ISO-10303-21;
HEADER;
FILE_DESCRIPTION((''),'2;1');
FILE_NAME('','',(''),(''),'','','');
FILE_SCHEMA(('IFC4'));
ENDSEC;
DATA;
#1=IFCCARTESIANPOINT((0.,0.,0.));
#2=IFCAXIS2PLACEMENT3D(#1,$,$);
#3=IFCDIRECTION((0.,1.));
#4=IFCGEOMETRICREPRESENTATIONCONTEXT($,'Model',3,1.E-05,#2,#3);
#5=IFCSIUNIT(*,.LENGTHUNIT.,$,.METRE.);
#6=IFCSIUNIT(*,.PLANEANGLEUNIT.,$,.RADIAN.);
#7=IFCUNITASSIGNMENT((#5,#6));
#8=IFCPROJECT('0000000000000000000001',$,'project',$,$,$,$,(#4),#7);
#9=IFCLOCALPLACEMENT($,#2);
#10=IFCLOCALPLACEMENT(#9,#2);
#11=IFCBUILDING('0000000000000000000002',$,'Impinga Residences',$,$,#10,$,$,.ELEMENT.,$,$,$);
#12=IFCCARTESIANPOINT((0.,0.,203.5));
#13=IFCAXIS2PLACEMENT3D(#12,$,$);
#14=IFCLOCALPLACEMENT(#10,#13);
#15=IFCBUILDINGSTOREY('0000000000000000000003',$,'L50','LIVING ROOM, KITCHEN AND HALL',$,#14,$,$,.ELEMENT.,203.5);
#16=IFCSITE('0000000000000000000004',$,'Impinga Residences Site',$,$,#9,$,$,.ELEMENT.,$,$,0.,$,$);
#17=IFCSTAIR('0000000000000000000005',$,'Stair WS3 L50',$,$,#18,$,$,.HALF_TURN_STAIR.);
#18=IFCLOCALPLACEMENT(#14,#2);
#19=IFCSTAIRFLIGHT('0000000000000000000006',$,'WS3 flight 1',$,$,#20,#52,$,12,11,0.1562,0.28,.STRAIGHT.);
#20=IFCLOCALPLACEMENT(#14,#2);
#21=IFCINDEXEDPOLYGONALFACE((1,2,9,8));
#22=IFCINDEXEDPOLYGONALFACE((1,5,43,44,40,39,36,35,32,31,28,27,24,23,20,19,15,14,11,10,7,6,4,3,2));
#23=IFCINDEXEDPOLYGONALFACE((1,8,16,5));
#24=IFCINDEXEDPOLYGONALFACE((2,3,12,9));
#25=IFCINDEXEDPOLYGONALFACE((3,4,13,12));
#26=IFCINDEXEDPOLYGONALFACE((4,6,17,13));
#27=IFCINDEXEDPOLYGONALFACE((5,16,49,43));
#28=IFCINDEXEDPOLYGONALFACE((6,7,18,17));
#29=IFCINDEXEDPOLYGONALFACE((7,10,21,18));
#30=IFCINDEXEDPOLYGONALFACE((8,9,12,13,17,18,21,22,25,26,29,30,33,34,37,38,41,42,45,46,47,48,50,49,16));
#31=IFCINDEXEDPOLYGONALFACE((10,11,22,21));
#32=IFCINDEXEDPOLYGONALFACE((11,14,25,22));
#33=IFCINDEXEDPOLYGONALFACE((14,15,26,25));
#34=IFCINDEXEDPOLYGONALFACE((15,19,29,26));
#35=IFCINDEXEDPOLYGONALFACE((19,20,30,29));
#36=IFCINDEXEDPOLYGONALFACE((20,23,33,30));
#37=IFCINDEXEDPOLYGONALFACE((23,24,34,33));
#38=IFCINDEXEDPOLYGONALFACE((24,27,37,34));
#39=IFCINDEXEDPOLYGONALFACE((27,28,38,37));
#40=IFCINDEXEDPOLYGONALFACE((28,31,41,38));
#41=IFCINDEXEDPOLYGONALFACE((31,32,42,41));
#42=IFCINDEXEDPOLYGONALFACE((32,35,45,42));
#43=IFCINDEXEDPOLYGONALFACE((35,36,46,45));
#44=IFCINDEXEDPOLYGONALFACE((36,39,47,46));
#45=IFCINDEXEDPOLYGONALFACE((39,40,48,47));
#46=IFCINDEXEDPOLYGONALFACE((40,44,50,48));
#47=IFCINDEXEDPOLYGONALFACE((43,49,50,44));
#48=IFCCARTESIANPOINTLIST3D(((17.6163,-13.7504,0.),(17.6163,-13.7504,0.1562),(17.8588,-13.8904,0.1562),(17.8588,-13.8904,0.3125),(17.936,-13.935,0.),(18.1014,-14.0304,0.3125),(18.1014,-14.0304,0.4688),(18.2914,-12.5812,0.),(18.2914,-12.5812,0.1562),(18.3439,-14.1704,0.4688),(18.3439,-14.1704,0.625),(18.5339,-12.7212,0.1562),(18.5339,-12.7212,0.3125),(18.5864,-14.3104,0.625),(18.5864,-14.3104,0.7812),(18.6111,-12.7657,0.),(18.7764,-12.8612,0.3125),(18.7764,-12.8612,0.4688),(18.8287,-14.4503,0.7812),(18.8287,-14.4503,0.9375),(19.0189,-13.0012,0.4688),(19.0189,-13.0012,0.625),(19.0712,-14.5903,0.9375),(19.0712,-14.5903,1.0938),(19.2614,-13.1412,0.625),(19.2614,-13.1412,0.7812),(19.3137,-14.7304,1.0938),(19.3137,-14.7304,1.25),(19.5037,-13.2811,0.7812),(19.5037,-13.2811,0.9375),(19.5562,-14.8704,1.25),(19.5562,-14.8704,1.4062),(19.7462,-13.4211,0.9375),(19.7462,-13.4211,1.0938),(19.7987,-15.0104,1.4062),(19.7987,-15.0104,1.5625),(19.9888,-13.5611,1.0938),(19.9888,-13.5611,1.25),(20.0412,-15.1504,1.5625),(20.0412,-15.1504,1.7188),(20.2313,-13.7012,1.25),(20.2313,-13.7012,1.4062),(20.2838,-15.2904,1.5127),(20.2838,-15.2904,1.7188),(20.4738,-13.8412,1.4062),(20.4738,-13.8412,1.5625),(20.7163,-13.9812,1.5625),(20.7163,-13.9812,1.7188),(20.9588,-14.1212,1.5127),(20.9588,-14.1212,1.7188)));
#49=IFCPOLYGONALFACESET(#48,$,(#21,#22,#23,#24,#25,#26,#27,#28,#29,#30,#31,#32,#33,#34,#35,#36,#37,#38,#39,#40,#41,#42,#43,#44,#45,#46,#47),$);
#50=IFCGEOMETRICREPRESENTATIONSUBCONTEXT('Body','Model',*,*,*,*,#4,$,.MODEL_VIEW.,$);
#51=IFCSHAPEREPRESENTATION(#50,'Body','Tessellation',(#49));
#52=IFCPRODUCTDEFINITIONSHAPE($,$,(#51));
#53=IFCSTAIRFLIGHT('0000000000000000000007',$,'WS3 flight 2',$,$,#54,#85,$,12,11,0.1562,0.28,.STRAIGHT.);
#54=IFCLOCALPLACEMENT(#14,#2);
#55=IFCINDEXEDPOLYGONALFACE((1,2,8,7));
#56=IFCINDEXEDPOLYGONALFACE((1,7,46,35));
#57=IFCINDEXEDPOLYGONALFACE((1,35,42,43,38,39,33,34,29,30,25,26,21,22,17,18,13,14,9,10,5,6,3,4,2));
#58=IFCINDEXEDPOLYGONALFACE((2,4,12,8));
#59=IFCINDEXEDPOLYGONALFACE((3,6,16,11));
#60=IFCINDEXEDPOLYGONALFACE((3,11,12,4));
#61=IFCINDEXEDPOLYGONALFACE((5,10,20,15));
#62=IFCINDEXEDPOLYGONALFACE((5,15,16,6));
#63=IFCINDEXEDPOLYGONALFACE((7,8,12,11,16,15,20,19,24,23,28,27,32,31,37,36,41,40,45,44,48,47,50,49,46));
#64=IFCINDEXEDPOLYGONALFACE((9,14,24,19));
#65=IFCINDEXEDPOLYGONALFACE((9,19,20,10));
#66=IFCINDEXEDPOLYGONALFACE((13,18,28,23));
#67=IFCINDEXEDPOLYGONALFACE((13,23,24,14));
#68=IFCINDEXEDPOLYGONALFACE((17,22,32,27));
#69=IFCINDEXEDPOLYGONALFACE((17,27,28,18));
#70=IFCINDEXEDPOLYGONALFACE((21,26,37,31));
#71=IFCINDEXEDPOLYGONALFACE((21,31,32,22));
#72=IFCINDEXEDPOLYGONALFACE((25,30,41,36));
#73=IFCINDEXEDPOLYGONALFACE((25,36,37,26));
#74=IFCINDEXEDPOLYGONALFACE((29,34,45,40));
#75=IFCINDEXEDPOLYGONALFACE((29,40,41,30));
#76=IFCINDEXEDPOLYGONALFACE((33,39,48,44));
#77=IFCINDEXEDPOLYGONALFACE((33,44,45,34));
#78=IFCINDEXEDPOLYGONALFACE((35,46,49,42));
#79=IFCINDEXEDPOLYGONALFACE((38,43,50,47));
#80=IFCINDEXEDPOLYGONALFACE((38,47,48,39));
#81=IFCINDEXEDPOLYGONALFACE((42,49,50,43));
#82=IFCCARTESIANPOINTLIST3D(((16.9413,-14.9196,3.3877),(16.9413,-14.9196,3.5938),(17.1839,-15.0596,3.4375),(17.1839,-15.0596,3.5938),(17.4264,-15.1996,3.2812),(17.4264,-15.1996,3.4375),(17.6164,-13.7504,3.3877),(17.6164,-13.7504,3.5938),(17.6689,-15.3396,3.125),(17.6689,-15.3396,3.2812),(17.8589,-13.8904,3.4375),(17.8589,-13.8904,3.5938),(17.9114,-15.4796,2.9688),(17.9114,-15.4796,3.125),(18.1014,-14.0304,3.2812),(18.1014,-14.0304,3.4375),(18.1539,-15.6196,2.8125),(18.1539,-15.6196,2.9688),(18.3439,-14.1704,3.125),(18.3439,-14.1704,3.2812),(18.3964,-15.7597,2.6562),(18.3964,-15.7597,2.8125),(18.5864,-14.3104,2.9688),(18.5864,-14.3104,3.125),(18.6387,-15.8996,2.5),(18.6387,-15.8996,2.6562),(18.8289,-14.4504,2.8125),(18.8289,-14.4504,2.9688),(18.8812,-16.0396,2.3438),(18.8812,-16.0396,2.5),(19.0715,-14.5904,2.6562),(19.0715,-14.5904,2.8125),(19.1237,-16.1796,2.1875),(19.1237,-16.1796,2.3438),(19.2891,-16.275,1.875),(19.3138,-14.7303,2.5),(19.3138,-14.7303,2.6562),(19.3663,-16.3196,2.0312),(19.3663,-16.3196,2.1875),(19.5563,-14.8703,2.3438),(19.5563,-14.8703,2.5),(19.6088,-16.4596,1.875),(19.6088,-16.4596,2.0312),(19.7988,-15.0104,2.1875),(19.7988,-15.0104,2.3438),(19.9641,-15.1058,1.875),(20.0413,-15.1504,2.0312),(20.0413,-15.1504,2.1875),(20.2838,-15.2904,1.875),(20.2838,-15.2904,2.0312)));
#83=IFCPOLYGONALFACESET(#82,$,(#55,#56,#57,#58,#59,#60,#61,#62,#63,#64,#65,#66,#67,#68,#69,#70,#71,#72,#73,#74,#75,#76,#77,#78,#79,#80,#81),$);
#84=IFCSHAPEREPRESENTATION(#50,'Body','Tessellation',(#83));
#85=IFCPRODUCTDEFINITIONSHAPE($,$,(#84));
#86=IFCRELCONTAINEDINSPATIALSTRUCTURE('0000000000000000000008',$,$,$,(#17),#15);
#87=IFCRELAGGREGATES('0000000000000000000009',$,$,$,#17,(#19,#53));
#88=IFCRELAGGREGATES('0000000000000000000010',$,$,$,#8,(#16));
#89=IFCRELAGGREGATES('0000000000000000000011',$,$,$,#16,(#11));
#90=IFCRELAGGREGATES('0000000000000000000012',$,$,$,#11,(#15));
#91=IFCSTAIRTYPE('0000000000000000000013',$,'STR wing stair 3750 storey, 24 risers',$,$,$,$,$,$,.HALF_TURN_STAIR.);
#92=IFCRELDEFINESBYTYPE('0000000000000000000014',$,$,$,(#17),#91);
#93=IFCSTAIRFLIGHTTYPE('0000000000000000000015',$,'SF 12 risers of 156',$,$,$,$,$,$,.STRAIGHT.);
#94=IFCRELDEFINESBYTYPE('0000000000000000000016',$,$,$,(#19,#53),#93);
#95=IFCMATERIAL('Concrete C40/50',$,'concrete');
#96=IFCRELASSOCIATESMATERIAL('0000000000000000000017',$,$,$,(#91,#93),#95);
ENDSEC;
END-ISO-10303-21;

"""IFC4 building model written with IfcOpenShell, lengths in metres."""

from ifc_helpers import new_model, si_unit, direction, frame, origin, place, context, subcontext, project, spatial, polyline, outline, extrude, material, type_object, element, aggregate, save


model = new_model("IFC4")

# Units and contexts
model_context = context("Model", 3, precision=1e-05, world=origin(), true_north=direction((0.0, 1.0)))
body_context = subcontext(model_context, "Body", "Model", "MODEL_VIEW")
ifc_project = project(units=[si_unit("LENGTHUNIT", "METRE"), si_unit("PLANEANGLEUNIT", "RADIAN")], contexts=[model_context])

# Site, building, storey
site_placement = place(None, origin())
site = spatial("IfcSite", under=ifc_project, at=site_placement, Name="Impinga Residences Site", CompositionType="ELEMENT", RefElevation=0.0)
building_placement = place(site_placement, origin())
building = spatial("IfcBuilding", under=site, at=building_placement, Name="Impinga Residences", CompositionType="ELEMENT")
storey_placement = place(building_placement, frame((0.0, 0.0, 203.5)))
storey = spatial("IfcBuildingStorey", under=building, at=storey_placement, Name="L50", Description="LIVING ROOM, KITCHEN AND HALL", CompositionType="ELEMENT", Elevation=203.5)

# Stair, stair flights
ifc_material_1 = material(Name="Concrete C40/50", Category="concrete")
stair_type = type_object("IfcStairType", Name="STR wing stair 3750 storey, 24 risers", PredefinedType="HALF_TURN_STAIR", material=ifc_material_1)
stair_placement = place(storey_placement, origin())
stair = element("IfcStair", 1, at=stair_placement, inside=storey, type_object=stair_type, Name="Stair WS3 L50", PredefinedType="HALF_TURN_STAIR")
stair_flight_type = type_object("IfcStairFlightType", Name="SF 12 risers of 156", PredefinedType="STRAIGHT", material=ifc_material_1)
stair_flight_1_placement = place(storey_placement, frame((17.9539, -13.1658, 0.0), z_axis=(0.0, 0.0, 1.0), x_axis=(0.866025, -0.5, 0.0)))
stair_flight_1 = element("IfcStairFlight", 2, at=stair_flight_1_placement, type_object=stair_flight_type, Name="WS3 flight 1", NumberOfRisers=12, NumberOfTreads=11, PredefinedType="STRAIGHT", RiserHeight=0.1562, TreadLength=0.28, context=body_context, shape_type="SweptSolid", body=[
    extrude(outline(polyline([(0.0, 0.0), (0.0, 0.1562), (0.28, 0.1562), (0.28, 0.3125), (0.5601, 0.3125), (0.5601, 0.4688), (0.8401, 0.4688), (0.8401, 0.625), (1.1201, 0.625), (1.1201, 0.7812), (1.3999, 0.7812), (1.3999, 0.9375), (1.6799, 0.9375), (1.6799, 1.0938), (1.96, 1.0938), (1.96, 1.25), (2.24, 1.25), (2.24, 1.4062), (2.52, 1.4062), (2.52, 1.5625), (2.8, 1.5625), (2.8, 1.7188), (3.0801, 1.7188), (3.0801, 1.875), (3.0801, 1.5127), (0.3691, 0.0), (0.0, 0.0)])), frame((0.0, 0.675, 0.0), z_axis=(0.0, -1.0, 0.0), x_axis=(1.0, 0.0, 0.0)), (0.0, 0.0, 1.0), 1.3501),
])
stair_flight_2_placement = place(storey_placement, frame((19.9463, -15.875, 1.875), z_axis=(0.0, 0.0, 1.0), x_axis=(-0.866025, 0.5, 0.0)))
stair_flight_2 = element("IfcStairFlight", 3, at=stair_flight_2_placement, type_object=stair_flight_type, Name="WS3 flight 2", NumberOfRisers=12, NumberOfTreads=11, PredefinedType="STRAIGHT", RiserHeight=0.1562, TreadLength=0.28, context=body_context, shape_type="SweptSolid", body=[
    extrude(outline(polyline([(0.0, 0.0), (0.0, 0.1562), (0.28, 0.1562), (0.28, 0.3125), (0.5601, 0.3125), (0.5601, 0.4688), (0.8401, 0.4688), (0.8401, 0.625), (1.1201, 0.625), (1.1201, 0.7812), (1.3999, 0.7812), (1.3999, 0.9375), (1.6799, 0.9375), (1.6799, 1.0938), (1.96, 1.0938), (1.96, 1.25), (2.24, 1.25), (2.24, 1.4062), (2.52, 1.4062), (2.52, 1.5625), (2.8, 1.5625), (2.8, 1.7188), (3.0801, 1.7188), (3.0801, 1.875), (3.0801, 1.5127), (0.3691, 0.0), (0.0, 0.0)])), frame((0.0, 0.675, 0.0), z_axis=(0.0, -1.0, 0.0), x_axis=(1.0, 0.0, 0.0)), (0.0, 0.0, 1.0), 1.3501),
])
aggregate(stair, [stair_flight_1, stair_flight_2])

save(model, "model.ifc")
